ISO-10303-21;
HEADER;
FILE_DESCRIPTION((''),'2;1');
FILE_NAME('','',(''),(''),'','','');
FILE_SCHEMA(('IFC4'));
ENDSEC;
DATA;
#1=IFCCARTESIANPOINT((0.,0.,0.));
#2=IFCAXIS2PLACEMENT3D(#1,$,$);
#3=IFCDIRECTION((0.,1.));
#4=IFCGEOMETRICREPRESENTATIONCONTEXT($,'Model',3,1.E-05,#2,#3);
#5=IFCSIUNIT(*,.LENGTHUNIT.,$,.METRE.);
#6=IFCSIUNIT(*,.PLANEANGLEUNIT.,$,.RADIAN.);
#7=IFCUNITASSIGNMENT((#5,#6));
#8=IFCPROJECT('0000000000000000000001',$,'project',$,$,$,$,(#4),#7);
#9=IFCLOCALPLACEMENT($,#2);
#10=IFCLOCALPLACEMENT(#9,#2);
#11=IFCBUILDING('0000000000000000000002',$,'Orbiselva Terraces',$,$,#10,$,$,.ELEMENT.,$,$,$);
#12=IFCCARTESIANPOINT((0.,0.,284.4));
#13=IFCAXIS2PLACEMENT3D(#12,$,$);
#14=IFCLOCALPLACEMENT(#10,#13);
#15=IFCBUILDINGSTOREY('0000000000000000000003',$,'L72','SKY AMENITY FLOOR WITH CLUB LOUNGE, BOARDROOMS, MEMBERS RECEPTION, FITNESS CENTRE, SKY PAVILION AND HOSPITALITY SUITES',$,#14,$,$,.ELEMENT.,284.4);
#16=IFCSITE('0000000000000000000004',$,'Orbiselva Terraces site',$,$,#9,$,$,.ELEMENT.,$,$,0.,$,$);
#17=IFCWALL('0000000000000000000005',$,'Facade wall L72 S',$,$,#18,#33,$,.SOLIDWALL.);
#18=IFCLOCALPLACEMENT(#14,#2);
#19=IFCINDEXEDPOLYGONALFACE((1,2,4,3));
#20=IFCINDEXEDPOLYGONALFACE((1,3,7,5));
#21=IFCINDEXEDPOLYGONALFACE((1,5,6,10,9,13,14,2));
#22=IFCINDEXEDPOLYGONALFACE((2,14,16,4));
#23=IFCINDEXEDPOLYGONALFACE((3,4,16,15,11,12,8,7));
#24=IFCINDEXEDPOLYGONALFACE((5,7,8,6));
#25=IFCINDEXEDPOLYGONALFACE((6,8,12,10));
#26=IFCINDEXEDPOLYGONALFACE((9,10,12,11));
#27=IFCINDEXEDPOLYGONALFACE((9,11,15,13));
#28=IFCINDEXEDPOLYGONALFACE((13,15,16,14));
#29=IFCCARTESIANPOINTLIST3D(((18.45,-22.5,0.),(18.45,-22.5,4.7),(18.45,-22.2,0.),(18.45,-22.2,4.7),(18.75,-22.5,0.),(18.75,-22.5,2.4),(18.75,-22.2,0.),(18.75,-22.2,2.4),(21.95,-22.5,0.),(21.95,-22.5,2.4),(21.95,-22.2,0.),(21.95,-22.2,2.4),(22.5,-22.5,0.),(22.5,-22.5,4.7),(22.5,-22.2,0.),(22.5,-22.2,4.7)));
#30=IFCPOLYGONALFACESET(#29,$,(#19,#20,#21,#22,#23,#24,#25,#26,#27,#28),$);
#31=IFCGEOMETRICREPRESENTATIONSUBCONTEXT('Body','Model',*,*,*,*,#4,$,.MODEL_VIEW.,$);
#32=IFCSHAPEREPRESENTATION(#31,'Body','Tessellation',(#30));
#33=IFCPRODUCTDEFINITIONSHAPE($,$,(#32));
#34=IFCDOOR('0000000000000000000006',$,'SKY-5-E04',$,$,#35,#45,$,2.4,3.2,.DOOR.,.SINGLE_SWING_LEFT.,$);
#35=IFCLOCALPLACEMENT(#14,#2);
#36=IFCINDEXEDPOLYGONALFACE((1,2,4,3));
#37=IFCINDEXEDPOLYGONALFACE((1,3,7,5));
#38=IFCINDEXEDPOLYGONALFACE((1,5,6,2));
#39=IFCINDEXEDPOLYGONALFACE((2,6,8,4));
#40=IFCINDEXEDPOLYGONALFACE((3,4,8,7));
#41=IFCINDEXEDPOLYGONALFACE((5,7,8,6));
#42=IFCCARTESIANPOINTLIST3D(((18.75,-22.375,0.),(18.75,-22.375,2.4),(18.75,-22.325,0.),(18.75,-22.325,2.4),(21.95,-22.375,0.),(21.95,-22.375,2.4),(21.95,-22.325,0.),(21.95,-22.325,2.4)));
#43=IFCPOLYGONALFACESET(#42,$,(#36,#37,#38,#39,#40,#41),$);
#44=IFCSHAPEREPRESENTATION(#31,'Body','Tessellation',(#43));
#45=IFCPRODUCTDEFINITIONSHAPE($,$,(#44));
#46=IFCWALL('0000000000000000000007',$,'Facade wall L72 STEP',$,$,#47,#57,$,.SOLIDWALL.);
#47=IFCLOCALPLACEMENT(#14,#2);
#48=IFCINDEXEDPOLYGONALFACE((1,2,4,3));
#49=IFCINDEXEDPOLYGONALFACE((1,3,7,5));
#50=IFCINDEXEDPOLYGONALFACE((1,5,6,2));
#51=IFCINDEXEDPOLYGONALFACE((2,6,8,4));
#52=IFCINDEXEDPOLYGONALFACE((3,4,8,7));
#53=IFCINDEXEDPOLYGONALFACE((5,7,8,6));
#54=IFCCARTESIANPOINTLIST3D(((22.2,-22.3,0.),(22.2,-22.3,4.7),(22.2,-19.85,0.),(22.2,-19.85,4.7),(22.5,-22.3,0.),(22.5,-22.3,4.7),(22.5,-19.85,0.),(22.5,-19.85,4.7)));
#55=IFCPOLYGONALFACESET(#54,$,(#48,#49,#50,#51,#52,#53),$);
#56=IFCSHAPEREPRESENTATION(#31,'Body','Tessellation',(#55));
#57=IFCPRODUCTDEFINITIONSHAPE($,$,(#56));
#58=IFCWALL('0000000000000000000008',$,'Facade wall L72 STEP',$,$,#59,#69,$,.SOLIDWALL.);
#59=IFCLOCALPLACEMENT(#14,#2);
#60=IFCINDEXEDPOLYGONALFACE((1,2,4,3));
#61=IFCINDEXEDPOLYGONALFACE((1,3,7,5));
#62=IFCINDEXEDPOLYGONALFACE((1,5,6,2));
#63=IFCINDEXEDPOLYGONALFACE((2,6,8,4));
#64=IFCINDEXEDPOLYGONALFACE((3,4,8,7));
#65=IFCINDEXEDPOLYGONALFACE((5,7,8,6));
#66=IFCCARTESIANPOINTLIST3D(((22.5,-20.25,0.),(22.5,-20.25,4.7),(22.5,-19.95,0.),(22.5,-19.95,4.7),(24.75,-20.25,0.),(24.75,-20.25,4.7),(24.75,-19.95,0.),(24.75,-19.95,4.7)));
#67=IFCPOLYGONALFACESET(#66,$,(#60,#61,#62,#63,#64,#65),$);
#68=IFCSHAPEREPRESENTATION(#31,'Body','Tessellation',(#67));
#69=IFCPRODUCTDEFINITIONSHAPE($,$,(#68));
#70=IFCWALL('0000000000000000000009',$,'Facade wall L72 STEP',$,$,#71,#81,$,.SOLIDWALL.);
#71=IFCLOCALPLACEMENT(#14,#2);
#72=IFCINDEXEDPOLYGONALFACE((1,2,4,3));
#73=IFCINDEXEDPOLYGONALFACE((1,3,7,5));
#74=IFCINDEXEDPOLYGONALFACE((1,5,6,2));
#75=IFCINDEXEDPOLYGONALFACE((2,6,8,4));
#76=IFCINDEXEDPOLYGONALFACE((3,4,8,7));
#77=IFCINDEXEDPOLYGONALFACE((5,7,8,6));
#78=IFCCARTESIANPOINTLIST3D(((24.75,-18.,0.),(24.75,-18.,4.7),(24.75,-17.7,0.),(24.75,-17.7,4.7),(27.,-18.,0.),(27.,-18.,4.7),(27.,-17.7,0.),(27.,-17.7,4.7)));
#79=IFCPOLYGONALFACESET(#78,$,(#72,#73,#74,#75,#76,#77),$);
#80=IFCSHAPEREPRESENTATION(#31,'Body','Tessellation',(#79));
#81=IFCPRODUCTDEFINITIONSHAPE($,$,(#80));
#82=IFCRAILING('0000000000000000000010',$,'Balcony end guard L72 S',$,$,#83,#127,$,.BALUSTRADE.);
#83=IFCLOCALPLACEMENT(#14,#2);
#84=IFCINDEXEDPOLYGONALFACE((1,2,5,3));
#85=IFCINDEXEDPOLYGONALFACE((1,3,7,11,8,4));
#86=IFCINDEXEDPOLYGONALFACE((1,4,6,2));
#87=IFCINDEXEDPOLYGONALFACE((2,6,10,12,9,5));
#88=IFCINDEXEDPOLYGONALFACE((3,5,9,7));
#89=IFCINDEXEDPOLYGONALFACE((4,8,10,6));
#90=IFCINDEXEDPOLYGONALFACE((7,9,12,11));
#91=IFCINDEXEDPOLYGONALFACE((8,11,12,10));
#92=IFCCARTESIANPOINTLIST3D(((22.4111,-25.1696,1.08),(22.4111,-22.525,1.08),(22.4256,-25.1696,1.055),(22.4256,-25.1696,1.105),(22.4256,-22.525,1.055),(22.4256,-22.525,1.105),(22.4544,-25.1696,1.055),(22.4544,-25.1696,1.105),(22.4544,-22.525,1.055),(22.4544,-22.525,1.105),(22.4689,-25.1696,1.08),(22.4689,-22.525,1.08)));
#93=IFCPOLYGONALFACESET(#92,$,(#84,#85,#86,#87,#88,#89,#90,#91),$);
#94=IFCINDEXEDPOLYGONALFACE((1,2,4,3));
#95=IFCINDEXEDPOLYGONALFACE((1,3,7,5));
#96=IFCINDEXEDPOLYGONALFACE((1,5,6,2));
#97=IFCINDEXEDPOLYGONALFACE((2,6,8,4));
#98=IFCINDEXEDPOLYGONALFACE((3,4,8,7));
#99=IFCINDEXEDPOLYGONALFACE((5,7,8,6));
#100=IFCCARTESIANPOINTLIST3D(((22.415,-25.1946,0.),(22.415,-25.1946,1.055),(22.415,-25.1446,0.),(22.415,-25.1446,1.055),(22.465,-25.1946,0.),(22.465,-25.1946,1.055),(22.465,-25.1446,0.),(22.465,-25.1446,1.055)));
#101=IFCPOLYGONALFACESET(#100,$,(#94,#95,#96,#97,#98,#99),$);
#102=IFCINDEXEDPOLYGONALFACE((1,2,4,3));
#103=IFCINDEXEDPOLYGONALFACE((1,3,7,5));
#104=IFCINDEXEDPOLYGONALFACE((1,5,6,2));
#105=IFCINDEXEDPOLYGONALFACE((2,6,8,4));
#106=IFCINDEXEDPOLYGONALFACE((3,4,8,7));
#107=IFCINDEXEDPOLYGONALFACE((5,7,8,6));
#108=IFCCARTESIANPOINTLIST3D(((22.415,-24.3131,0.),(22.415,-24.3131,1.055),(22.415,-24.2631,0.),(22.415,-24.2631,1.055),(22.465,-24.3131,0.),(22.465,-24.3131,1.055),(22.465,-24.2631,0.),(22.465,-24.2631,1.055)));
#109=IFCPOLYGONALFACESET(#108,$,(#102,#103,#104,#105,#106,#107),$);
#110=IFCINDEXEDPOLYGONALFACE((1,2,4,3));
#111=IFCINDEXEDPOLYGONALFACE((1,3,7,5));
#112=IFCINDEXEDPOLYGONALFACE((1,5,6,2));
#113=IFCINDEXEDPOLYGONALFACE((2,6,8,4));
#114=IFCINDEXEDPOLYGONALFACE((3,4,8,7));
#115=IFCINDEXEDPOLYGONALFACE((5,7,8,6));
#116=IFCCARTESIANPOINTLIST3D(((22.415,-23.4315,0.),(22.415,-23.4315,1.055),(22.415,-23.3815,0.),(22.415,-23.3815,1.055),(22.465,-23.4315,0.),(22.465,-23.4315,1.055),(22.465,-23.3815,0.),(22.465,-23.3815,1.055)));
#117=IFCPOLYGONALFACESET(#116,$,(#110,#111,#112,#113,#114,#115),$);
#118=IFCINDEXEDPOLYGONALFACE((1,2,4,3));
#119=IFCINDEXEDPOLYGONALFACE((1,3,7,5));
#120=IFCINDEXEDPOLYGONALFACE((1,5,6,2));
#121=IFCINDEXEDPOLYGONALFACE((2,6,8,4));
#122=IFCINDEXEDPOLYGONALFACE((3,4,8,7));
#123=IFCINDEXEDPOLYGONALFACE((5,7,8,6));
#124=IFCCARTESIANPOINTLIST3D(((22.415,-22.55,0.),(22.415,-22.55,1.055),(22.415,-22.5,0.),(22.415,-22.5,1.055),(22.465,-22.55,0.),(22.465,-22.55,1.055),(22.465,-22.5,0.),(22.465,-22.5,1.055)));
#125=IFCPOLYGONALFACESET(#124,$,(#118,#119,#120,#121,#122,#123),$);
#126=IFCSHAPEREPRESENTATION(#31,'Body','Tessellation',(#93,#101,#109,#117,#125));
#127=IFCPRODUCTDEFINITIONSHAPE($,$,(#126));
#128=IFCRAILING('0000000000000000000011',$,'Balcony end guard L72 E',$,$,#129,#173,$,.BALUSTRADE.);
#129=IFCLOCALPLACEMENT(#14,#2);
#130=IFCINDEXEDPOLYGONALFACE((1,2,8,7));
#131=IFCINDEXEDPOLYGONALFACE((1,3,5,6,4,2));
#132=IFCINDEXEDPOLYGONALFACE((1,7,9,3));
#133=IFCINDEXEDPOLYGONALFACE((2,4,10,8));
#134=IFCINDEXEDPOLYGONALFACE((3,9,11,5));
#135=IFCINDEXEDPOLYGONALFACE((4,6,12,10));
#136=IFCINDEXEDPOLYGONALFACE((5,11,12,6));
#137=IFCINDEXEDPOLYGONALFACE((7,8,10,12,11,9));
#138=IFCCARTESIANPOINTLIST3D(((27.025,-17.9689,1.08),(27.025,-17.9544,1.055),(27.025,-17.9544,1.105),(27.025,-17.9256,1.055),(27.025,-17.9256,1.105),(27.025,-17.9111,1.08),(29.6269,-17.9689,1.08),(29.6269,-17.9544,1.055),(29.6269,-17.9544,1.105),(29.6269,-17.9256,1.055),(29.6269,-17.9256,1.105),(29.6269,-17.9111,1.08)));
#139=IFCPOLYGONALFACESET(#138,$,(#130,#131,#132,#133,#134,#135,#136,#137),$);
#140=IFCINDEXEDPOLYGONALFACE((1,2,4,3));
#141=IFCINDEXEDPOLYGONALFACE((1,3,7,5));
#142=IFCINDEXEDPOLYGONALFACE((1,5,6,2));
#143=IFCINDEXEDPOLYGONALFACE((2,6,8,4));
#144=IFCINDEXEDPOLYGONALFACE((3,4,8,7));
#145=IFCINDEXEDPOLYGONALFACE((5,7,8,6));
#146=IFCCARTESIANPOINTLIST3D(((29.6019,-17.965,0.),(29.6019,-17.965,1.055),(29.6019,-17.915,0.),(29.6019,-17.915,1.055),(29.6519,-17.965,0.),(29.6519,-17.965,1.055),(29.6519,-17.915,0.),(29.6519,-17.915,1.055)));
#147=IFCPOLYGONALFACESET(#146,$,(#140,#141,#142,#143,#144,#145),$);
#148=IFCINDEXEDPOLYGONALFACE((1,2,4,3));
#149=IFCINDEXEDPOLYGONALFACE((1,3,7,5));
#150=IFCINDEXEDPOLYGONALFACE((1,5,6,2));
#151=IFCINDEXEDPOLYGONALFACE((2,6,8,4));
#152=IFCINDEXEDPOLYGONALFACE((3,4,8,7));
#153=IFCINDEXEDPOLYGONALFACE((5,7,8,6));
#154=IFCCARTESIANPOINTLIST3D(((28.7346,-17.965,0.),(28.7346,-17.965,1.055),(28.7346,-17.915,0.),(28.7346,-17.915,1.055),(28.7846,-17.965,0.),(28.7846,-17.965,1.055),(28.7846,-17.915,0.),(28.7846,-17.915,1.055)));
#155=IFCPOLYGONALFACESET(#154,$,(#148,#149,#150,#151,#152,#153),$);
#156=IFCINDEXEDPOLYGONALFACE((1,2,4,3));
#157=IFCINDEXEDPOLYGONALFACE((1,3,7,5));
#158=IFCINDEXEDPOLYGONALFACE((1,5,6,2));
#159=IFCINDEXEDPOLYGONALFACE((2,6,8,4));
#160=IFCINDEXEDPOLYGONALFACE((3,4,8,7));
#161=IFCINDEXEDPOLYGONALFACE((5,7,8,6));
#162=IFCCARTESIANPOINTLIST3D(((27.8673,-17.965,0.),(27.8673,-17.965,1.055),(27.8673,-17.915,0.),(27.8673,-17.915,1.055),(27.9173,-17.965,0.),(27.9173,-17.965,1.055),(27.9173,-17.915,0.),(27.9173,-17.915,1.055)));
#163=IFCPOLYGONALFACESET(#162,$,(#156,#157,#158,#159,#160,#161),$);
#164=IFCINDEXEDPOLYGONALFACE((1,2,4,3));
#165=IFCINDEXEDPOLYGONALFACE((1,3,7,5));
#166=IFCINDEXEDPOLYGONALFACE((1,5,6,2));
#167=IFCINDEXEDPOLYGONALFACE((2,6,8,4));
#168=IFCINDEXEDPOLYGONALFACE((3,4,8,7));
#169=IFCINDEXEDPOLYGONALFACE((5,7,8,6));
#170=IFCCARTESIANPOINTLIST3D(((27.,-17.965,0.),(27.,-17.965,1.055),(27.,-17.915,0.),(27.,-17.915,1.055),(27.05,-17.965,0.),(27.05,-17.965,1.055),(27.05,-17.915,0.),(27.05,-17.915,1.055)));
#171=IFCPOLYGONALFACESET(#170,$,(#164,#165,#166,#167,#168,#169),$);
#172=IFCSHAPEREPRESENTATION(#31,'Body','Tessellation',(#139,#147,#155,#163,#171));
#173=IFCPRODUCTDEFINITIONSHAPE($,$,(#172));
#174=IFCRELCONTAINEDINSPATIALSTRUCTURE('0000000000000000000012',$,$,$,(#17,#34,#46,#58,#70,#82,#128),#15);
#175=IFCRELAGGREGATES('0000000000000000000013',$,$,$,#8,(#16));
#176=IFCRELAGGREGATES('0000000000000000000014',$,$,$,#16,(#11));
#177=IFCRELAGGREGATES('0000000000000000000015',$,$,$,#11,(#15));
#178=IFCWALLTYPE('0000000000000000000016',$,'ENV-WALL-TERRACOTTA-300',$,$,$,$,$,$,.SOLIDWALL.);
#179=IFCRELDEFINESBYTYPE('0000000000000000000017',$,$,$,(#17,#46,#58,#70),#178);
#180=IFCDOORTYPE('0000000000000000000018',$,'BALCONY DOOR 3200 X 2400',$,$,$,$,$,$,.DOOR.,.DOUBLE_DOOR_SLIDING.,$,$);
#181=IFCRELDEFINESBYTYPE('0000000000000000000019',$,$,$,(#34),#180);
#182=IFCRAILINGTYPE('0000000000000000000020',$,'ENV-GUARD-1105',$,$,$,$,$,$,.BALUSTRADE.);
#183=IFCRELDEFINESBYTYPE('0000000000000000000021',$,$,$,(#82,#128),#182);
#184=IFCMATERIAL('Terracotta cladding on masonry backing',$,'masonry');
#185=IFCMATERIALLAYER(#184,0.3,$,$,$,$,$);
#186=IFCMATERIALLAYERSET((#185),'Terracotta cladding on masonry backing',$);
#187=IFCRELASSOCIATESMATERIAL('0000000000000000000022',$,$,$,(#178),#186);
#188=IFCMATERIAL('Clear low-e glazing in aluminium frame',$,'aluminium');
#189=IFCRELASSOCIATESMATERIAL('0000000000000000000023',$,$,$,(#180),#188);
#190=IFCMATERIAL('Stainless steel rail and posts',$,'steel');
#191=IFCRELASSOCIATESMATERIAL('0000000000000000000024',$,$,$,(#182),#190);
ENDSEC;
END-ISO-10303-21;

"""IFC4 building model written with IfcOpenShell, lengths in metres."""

from ifc_helpers import new_model, si_unit, direction, frame, frame_2d, origin, origin_2d, place, context, subcontext, project, spatial, polyline, rectangle, outline, extrude, material, layer, layer_set, type_object, element, fill, save


model = new_model("IFC4")

# Units and contexts
model_context = context("Model", 3, precision=1e-05, world=origin(), true_north=direction((0.0, 1.0)))
body_context = subcontext(model_context, "Body", "Model", "MODEL_VIEW")
ifc_project = project(units=[si_unit("LENGTHUNIT", "METRE"), si_unit("PLANEANGLEUNIT", "RADIAN")], contexts=[model_context])

# Site, building, storey
site_placement = place(None, origin())
site = spatial("IfcSite", under=ifc_project, at=site_placement, Name="Orbiselva Terraces site", CompositionType="ELEMENT", RefElevation=0.0)
building_placement = place(site_placement, origin())
building = spatial("IfcBuilding", under=site, at=building_placement, Name="Orbiselva Terraces", CompositionType="ELEMENT")
storey_placement = place(building_placement, frame((0.0, 0.0, 284.4)))
storey = spatial("IfcBuildingStorey", under=building, at=storey_placement, Name="L72", Description="SKY AMENITY FLOOR WITH CLUB LOUNGE, BOARDROOMS, MEMBERS RECEPTION, FITNESS CENTRE, SKY PAVILION AND HOSPITALITY SUITES", CompositionType="ELEMENT", Elevation=284.4)

# Shared definitions
ifc_material_1 = material(Name="Clear low-e glazing in aluminium frame", Category="aluminium")

# Wall, opening, door
ifc_material_2 = material(Name="Terracotta cladding on masonry backing", Category="masonry")
ifc_layer_1 = layer(ifc_material_2, 0.3)
ifc_layer_set_1 = layer_set([ifc_layer_1], Name="Terracotta cladding on masonry backing")
wall_type = type_object("IfcWallType", Name="ENV-WALL-TERRACOTTA-300", PredefinedType="SOLIDWALL", material=ifc_layer_set_1)
wall_1_placement = place(storey_placement, frame((22.5, -22.35, 0.0), z_axis=(0.0, 0.0, 1.0), x_axis=(-1.0, 0.0, 0.0)))
wall_1 = element("IfcWall", 1, at=wall_1_placement, inside=storey, type_object=wall_type, Name="Facade wall L72 S", PredefinedType="SOLIDWALL", context=body_context, shape_type="SweptSolid", body=[
    extrude(rectangle(XDim=4.05, YDim=0.3, at=frame_2d((2.025, 0.0))), origin(), (0.0, 0.0, 1.0), 4.7),
])
opening_placement = place(wall_1_placement, frame((0.55, 0.0, 0.0)))
opening = element("IfcOpeningElement", 2, at=opening_placement, cuts=wall_1, PredefinedType="OPENING", context=body_context, shape_type="SweptSolid", body=[
    extrude(rectangle(XDim=3.2, YDim=2.4, at=frame_2d((1.6, 1.2))), frame((0.0, 0.16, 0.0), z_axis=(0.0, -1.0, 0.0), x_axis=(1.0, 0.0, 0.0)), (0.0, 0.0, 1.0), 0.32),
])
door_type = type_object("IfcDoorType", Name="BALCONY DOOR 3200 X 2400", OperationType="DOUBLE_DOOR_SLIDING", PredefinedType="DOOR", material=ifc_material_1)
door_placement = place(opening_placement, origin())
door = element("IfcDoor", 3, at=door_placement, inside=storey, type_object=door_type, Name="SKY-5-E04", OperationType="SINGLE_SWING_LEFT", OverallHeight=2.4, OverallWidth=3.2, PredefinedType="DOOR", context=body_context, shape_type="SweptSolid", body=[
    extrude(rectangle(XDim=3.2, YDim=2.4, at=frame_2d((1.6, 1.2))), frame((0.0, 0.025, 0.0), z_axis=(0.0, -1.0, 0.0), x_axis=(1.0, 0.0, 0.0)), (0.0, 0.0, 1.0), 0.05),
])
fill(opening, door)

# Walls
wall_2_placement = place(storey_placement, frame((22.35, -19.85, 0.0), z_axis=(0.0, 0.0, 1.0), x_axis=(0.0, -1.0, 0.0)))
element("IfcWall", 4, at=wall_2_placement, inside=storey, type_object=wall_type, Name="Facade wall L72 STEP", PredefinedType="SOLIDWALL", context=body_context, shape_type="SweptSolid", body=[
    extrude(rectangle(XDim=2.45, YDim=0.3, at=frame_2d((1.225, 0.0))), origin(), (0.0, 0.0, 1.0), 4.7),
])
for number, where, z_axis, x_axis, name in (
    (5, (24.75, -20.1, 0.0), (0.0, 0.0, 1.0), (-1.0, 0.0, 0.0), "Facade wall L72 STEP"),
    (6, (27.0, -17.85, 0.0), (0.0, 0.0, 1.0), (-1.0, 0.0, 0.0), "Facade wall L72 STEP"),
):
    element("IfcWall", number, at=place(storey_placement, frame(where, z_axis=z_axis, x_axis=x_axis)), inside=storey, type_object=wall_type, Name=name, PredefinedType="SOLIDWALL", context=body_context, shape_type="SweptSolid", body=[
        extrude(rectangle(XDim=2.25, YDim=0.3, at=frame_2d((1.125, 0.0))), origin(), (0.0, 0.0, 1.0), 4.7),
    ])

# Railings
ifc_material_3 = material(Name="Stainless steel rail and posts", Category="steel")
railing_type_1 = type_object("IfcRailingType", Name="ENV-GUARD-1105", PredefinedType="BALUSTRADE", material=ifc_material_3)
railing_1_placement = place(storey_placement, frame((22.44, -25.1696, 0.0)))
element("IfcRailing", 7, at=railing_1_placement, inside=storey, type_object=railing_type_1, Name="Balcony end guard L72 S", PredefinedType="BALUSTRADE", context=body_context, shape_type="SweptSolid", body=[
    extrude(outline(polyline([(0.0289, 0.0), (0.0144, 0.025), (-0.0144, 0.025), (-0.0289, 0.0), (-0.0144, -0.025), (0.0144, -0.025), (0.0289, 0.0)])), frame((0.0, 0.0, 1.08), z_axis=(0.0, 1.0, 0.0), x_axis=(-1.0, 0.0, 0.0)), (0.0, 0.0, 1.0), 2.6446),
    extrude(rectangle(XDim=0.05, YDim=0.05, at=origin_2d()), origin(), (0.0, 0.0, 1.0), 1.055),
    extrude(rectangle(XDim=0.05, YDim=0.05, at=origin_2d()), frame((0.0, 0.8815, 0.0)), (0.0, 0.0, 1.0), 1.055),
    extrude(rectangle(XDim=0.05, YDim=0.05, at=origin_2d()), frame((0.0, 1.7631, 0.0)), (0.0, 0.0, 1.0), 1.055),
    extrude(rectangle(XDim=0.05, YDim=0.05, at=origin_2d()), frame((0.0, 2.6446, 0.0)), (0.0, 0.0, 1.0), 1.055),
])
railing_2_placement = place(storey_placement, frame((29.6269, -17.94, 0.0)))
element("IfcRailing", 8, at=railing_2_placement, inside=storey, type_object=railing_type_1, Name="Balcony end guard L72 E", PredefinedType="BALUSTRADE", context=body_context, shape_type="SweptSolid", body=[
    extrude(outline(polyline([(0.0289, 0.0), (0.0144, 0.025), (-0.0144, 0.025), (-0.0289, 0.0), (-0.0144, -0.025), (0.0144, -0.025), (0.0289, 0.0)])), frame((0.0, 0.0, 1.08), z_axis=(-1.0, 0.0, 0.0), x_axis=(0.0, -1.0, 0.0)), (0.0, 0.0, 1.0), 2.6019),
    extrude(rectangle(XDim=0.05, YDim=0.05, at=origin_2d()), origin(), (0.0, 0.0, 1.0), 1.055),
    extrude(rectangle(XDim=0.05, YDim=0.05, at=origin_2d()), frame((-0.8673, 0.0, 0.0)), (0.0, 0.0, 1.0), 1.055),
    extrude(rectangle(XDim=0.05, YDim=0.05, at=origin_2d()), frame((-1.7346, 0.0, 0.0)), (0.0, 0.0, 1.0), 1.055),
    extrude(rectangle(XDim=0.05, YDim=0.05, at=origin_2d()), frame((-2.6019, 0.0, 0.0)), (0.0, 0.0, 1.0), 1.055),
])

save(model, "model.ifc")
